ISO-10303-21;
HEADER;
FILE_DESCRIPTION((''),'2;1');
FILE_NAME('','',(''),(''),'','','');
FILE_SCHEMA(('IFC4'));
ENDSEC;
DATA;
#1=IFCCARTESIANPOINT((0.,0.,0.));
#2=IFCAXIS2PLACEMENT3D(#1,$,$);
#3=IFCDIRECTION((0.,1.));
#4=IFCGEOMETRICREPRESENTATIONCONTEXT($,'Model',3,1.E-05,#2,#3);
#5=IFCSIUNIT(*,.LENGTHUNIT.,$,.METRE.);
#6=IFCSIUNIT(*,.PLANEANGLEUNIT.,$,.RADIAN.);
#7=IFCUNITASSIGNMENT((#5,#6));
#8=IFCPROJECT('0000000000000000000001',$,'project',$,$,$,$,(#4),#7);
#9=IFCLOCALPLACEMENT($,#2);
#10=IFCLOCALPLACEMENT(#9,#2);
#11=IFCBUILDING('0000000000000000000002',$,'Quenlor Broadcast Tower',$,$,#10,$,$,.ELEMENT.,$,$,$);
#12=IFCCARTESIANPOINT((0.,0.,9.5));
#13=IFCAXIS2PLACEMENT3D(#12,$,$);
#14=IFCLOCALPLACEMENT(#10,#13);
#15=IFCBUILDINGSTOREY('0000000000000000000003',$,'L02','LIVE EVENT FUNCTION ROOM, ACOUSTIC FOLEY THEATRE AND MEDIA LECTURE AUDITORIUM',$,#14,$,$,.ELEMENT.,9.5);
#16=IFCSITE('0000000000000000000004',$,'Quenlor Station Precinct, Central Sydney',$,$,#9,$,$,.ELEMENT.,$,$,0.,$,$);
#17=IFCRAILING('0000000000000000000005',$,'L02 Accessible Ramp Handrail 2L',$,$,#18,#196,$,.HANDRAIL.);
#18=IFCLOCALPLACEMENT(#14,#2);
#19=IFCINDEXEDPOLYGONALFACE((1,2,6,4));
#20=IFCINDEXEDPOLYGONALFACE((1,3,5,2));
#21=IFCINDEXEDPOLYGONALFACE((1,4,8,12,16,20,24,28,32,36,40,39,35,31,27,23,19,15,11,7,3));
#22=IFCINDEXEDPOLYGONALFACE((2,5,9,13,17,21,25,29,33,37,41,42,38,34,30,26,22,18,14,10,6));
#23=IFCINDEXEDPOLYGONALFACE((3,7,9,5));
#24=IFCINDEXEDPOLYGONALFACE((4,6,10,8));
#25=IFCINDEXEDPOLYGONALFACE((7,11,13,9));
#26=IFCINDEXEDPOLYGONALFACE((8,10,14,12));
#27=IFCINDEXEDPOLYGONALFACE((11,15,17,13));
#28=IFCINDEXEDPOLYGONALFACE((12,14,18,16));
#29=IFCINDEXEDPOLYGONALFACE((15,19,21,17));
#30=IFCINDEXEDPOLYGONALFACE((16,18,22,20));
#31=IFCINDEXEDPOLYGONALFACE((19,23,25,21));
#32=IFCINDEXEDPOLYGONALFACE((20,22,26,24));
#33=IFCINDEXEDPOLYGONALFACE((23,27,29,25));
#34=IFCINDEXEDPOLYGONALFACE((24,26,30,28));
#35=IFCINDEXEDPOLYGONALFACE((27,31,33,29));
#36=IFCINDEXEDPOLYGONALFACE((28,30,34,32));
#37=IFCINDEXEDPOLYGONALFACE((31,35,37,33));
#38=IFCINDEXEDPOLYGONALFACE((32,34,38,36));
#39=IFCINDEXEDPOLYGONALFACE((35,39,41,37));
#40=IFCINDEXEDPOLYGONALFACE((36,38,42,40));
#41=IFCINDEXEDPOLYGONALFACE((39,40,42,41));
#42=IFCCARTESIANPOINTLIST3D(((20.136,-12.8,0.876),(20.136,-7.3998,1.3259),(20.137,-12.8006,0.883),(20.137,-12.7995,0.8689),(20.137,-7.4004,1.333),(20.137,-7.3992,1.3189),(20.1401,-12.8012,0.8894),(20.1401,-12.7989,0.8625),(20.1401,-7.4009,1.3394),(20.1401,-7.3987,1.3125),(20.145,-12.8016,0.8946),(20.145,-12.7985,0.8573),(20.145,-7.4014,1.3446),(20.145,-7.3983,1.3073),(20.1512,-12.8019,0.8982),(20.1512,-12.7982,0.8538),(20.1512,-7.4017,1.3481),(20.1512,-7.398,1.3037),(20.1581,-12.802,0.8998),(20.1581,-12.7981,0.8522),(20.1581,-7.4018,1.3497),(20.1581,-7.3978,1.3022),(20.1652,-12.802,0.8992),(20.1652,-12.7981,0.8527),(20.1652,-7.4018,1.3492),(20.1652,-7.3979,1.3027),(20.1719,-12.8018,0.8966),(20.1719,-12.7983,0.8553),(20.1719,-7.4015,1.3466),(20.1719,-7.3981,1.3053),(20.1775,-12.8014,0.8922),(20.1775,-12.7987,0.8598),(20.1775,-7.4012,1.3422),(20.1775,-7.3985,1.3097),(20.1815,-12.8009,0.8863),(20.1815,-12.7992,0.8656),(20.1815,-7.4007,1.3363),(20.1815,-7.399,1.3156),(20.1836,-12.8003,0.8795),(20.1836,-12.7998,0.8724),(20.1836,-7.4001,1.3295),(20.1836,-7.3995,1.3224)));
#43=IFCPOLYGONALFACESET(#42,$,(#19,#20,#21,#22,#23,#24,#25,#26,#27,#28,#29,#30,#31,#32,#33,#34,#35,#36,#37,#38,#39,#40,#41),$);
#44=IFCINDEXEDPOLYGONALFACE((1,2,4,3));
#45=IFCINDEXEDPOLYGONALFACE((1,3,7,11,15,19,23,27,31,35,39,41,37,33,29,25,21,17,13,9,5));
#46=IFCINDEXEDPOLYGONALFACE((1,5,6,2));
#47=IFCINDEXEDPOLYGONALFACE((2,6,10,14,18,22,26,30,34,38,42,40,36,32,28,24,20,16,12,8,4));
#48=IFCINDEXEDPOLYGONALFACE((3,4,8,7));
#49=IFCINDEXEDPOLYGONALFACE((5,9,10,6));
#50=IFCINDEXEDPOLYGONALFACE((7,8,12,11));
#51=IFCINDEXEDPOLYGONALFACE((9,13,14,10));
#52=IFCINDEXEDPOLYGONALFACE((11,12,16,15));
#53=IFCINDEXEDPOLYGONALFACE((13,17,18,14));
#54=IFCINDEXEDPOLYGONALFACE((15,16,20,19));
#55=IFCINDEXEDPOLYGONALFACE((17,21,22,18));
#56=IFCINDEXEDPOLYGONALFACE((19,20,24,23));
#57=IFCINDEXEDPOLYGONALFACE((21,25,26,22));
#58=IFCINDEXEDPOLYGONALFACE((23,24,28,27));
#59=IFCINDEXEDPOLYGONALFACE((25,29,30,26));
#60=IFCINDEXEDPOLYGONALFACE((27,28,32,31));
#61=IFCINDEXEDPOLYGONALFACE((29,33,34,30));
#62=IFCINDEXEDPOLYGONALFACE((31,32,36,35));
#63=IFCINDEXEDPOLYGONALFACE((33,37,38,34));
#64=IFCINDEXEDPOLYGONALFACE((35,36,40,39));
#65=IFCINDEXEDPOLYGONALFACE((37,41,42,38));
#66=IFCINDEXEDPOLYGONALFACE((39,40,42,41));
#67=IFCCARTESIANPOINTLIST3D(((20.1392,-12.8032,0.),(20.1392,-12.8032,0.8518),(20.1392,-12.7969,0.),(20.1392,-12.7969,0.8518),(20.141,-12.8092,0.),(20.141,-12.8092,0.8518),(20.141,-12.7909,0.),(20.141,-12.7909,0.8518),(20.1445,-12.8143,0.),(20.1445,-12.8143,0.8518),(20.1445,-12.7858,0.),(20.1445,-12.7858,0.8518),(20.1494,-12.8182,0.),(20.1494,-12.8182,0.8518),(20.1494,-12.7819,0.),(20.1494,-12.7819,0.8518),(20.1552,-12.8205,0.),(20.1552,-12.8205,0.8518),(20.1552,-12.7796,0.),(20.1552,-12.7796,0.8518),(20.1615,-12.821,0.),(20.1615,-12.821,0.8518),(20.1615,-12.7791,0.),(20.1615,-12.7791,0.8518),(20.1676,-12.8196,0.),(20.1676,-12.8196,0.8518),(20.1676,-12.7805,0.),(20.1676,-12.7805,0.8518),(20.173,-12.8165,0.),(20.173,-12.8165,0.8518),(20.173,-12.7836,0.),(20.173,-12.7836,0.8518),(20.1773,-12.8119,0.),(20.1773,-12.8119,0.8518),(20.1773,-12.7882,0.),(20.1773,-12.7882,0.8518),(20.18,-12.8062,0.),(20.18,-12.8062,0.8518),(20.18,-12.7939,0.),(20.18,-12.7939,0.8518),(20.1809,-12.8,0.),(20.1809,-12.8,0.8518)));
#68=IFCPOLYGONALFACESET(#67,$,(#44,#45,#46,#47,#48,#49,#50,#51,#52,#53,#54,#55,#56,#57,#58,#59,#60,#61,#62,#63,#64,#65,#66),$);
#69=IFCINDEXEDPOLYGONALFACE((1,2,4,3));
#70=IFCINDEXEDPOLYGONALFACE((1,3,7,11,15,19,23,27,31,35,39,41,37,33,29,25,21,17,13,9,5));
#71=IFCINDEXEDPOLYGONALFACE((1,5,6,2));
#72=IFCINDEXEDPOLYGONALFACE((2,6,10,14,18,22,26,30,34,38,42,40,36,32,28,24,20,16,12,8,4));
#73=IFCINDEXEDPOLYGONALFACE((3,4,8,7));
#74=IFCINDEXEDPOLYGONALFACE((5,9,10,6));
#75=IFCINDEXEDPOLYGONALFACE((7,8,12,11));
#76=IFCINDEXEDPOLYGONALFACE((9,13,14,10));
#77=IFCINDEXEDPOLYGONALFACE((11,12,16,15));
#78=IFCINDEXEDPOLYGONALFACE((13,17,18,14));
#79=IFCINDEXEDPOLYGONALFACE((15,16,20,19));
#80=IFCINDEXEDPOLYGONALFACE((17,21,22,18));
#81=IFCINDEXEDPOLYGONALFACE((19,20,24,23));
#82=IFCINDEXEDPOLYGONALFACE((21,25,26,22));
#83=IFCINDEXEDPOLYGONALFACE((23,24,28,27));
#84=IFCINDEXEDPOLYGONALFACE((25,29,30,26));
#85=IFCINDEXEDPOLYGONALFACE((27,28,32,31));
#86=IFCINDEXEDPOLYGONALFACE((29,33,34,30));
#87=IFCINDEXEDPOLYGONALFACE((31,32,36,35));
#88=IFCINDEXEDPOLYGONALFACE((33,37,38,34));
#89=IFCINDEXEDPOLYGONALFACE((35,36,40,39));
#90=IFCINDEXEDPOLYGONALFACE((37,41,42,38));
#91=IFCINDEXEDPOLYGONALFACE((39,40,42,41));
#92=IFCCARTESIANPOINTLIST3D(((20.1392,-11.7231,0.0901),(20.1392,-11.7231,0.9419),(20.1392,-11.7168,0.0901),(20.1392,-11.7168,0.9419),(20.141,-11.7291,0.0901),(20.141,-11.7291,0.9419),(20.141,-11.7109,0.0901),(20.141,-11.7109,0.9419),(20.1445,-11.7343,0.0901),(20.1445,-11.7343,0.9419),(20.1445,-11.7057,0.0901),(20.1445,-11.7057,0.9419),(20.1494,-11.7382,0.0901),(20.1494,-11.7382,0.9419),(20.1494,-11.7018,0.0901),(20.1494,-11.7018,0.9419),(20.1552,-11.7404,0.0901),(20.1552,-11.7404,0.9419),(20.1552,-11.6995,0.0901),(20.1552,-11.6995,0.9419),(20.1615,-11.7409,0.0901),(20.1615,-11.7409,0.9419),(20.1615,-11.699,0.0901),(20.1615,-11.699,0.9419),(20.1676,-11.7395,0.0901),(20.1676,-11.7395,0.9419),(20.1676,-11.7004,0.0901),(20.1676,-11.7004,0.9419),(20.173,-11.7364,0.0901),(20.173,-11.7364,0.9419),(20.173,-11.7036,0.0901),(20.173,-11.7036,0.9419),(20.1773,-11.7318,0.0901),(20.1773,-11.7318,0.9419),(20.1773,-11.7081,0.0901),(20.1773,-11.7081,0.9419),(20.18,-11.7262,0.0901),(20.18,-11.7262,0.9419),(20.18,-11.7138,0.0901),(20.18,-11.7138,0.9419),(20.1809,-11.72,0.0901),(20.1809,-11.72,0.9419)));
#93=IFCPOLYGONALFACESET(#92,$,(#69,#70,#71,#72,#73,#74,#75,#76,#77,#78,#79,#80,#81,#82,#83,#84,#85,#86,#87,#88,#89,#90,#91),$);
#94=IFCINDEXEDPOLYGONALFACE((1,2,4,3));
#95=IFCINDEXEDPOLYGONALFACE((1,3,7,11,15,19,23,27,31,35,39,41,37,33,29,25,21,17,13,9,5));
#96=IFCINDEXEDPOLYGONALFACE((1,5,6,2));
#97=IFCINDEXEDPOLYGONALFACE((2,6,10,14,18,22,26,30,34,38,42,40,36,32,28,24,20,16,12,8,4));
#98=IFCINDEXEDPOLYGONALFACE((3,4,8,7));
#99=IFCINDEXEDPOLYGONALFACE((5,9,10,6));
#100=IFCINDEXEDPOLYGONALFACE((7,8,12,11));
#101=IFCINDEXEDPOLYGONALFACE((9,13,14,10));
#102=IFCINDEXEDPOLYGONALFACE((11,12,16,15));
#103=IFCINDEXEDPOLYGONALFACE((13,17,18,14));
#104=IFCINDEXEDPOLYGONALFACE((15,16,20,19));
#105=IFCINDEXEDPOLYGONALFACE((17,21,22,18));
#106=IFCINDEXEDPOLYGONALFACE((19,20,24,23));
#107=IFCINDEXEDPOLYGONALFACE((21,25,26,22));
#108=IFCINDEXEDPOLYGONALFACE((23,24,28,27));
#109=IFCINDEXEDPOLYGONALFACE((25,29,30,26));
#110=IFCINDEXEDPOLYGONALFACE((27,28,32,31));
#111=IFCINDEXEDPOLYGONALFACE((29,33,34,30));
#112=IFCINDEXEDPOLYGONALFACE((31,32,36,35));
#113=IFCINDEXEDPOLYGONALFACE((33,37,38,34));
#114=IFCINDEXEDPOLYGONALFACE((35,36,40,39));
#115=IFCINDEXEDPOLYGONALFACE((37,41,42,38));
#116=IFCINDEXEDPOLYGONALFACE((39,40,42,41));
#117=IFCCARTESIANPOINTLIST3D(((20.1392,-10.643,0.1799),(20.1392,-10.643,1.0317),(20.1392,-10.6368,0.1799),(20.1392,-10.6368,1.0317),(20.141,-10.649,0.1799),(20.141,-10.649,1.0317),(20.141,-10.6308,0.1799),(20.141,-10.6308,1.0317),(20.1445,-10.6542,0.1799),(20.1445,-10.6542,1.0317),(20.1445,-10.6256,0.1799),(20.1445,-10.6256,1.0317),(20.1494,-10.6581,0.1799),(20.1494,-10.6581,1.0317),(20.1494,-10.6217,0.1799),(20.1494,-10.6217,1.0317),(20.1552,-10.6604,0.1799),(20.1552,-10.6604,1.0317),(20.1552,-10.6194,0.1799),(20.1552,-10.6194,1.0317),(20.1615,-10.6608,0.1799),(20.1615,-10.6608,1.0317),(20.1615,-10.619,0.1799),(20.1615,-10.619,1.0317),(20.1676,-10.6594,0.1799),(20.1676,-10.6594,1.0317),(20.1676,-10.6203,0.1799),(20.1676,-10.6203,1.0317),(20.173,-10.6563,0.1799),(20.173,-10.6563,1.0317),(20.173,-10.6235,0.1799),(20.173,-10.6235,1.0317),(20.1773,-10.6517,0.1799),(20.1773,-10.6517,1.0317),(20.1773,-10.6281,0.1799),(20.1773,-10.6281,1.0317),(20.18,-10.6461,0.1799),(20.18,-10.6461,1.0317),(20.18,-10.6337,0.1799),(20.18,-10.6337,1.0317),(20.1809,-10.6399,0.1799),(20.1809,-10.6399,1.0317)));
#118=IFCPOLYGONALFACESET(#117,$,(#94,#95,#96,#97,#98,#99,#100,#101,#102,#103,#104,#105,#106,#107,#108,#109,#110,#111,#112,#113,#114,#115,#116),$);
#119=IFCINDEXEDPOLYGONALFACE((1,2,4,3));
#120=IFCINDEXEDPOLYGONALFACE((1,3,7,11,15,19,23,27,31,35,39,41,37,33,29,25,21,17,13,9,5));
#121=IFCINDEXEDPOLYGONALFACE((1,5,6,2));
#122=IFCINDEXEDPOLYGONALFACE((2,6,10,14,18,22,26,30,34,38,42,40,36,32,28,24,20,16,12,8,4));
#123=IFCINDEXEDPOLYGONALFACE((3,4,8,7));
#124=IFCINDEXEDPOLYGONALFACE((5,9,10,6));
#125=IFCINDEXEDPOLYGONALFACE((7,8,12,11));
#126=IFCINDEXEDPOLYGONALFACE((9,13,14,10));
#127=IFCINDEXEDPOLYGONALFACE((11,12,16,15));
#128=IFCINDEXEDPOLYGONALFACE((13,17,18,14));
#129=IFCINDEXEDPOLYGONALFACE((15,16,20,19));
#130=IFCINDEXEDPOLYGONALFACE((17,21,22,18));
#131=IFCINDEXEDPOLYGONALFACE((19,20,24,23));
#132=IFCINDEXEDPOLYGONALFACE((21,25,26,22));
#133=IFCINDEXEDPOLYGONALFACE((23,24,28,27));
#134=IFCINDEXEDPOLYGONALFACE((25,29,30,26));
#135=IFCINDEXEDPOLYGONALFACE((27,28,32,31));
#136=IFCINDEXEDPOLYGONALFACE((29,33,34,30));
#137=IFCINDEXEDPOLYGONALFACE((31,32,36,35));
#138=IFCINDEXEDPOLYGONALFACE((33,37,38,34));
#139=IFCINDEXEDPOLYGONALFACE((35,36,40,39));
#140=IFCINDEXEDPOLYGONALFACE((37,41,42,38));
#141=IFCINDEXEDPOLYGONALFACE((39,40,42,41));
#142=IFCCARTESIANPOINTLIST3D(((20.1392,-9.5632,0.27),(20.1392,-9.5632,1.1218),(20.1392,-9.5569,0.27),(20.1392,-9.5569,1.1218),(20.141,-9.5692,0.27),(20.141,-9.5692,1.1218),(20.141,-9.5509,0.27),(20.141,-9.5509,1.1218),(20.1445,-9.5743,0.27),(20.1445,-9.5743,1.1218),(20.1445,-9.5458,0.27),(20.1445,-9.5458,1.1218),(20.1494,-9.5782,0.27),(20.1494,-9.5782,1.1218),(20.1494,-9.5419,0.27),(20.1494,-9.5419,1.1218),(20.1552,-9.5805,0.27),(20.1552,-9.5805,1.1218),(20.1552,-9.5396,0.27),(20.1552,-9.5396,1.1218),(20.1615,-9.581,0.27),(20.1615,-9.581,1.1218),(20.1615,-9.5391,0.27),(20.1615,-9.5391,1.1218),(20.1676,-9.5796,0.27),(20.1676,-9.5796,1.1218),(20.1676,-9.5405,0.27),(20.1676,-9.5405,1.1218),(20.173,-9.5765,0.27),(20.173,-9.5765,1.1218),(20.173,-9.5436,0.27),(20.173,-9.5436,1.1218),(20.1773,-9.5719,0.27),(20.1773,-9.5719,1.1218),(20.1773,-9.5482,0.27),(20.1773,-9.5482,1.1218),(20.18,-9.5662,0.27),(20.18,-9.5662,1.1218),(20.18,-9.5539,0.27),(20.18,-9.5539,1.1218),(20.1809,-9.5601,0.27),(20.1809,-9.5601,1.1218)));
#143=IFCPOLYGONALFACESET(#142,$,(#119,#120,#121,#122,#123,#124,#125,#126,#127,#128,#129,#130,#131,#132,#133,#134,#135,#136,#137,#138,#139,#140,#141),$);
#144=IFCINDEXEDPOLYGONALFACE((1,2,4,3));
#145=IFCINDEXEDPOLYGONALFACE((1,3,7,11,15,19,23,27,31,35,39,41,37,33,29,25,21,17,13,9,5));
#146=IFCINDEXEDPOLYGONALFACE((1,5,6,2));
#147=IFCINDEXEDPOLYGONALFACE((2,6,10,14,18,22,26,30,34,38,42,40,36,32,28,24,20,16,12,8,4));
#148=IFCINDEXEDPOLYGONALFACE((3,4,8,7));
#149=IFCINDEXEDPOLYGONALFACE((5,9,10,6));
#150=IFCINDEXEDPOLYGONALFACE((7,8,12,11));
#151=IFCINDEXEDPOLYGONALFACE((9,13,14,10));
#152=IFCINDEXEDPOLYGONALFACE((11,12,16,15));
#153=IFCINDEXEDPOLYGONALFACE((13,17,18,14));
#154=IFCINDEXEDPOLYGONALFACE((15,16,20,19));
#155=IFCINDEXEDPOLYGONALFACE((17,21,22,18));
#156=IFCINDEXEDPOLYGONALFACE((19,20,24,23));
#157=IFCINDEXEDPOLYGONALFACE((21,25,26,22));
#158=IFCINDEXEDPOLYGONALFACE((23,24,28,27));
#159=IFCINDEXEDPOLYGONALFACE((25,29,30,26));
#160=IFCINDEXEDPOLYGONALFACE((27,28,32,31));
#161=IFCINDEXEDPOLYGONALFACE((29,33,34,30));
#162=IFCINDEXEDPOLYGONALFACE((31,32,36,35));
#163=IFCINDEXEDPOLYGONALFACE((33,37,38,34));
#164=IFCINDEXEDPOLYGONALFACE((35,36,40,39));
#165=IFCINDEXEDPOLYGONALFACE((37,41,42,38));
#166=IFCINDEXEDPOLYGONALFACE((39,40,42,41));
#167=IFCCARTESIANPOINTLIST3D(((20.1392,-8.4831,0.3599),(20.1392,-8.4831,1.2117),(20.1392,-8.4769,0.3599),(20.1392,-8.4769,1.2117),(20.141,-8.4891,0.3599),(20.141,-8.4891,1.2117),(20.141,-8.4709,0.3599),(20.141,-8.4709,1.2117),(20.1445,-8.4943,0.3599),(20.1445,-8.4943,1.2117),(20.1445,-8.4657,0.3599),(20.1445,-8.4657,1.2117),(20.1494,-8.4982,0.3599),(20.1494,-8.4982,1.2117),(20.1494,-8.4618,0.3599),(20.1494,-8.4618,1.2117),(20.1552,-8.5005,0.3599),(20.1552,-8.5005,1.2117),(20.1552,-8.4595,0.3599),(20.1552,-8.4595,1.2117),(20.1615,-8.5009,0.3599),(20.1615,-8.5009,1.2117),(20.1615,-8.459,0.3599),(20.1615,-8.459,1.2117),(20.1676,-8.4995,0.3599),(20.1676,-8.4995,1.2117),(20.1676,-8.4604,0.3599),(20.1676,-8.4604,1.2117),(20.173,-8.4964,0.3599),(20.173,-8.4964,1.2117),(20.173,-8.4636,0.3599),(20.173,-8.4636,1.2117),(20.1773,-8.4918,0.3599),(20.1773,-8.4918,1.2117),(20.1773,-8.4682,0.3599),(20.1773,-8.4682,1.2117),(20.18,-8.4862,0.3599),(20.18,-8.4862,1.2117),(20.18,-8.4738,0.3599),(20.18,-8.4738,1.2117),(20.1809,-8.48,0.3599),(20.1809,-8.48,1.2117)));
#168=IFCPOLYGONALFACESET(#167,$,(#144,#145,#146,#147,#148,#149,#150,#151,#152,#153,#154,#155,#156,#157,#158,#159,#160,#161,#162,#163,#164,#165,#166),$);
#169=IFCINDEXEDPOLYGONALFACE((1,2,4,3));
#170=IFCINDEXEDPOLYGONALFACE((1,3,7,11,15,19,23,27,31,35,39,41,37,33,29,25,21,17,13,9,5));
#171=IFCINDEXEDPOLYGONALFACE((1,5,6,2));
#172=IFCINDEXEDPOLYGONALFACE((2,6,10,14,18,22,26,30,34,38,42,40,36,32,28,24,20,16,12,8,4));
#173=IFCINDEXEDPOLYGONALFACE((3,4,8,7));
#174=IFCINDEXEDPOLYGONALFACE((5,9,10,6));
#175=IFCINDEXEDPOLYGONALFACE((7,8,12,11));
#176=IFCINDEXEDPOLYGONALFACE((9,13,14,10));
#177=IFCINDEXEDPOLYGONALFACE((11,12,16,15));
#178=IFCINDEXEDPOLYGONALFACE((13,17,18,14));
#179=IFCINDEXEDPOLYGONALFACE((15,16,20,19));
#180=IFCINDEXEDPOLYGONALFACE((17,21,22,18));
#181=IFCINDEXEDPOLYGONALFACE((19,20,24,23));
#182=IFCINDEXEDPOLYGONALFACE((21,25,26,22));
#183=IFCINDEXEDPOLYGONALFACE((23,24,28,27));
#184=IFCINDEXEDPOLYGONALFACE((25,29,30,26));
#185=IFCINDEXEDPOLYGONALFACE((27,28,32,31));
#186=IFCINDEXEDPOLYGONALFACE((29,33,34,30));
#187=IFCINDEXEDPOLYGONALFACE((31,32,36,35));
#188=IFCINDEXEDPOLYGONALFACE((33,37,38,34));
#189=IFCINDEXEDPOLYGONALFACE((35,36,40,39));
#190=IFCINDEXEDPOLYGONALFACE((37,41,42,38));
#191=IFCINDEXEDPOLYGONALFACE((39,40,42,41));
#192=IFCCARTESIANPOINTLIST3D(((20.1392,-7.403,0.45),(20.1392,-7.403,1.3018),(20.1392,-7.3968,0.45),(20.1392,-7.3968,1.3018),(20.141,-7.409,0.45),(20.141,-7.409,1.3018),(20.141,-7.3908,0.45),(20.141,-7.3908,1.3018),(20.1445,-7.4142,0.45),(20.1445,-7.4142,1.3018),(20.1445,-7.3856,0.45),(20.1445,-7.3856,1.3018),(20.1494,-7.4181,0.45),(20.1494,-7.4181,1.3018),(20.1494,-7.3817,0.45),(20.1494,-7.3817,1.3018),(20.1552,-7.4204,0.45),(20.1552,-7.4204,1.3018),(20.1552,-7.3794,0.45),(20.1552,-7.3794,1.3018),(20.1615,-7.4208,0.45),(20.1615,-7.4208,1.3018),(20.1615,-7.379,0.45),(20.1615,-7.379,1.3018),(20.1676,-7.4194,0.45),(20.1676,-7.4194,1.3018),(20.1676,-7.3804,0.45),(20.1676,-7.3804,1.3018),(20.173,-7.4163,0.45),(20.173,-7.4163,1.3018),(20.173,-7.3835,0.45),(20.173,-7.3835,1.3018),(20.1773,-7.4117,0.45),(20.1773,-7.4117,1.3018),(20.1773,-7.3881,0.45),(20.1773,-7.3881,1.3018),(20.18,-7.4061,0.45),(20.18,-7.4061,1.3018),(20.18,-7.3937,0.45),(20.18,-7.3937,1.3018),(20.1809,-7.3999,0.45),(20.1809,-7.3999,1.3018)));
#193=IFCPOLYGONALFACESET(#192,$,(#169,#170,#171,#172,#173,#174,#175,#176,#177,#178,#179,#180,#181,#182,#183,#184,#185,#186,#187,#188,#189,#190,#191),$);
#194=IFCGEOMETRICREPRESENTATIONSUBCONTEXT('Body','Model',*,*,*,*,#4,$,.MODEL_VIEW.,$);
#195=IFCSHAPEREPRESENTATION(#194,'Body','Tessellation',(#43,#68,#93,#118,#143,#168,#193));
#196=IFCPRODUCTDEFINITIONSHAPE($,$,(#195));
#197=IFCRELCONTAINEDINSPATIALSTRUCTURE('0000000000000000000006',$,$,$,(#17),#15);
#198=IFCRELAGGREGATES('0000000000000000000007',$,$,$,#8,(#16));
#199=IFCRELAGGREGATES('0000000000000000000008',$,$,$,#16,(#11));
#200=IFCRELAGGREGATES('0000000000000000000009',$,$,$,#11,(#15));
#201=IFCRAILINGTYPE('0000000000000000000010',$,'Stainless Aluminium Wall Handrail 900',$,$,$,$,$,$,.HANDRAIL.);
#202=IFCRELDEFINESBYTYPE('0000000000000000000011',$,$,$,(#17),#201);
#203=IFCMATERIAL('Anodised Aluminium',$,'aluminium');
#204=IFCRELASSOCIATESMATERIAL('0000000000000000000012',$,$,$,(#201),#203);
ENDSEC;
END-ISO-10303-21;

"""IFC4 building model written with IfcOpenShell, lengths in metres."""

from ifc_helpers import new_model, si_unit, direction, frame, origin, origin_2d, place, context, subcontext, project, spatial, circle, extrude, material, type_object, element, save


model = new_model("IFC4")

# Units and contexts
model_context = context("Model", 3, precision=1e-05, world=origin(), true_north=direction((0.0, 1.0)))
body_context = subcontext(model_context, "Body", "Model", "MODEL_VIEW")
ifc_project = project(units=[si_unit("LENGTHUNIT", "METRE"), si_unit("PLANEANGLEUNIT", "RADIAN")], contexts=[model_context])

# Site, building, storey
site_placement = place(None, origin())
site = spatial("IfcSite", under=ifc_project, at=site_placement, Name="Quenlor Station Precinct, Central Sydney", CompositionType="ELEMENT", RefElevation=0.0)
building_placement = place(site_placement, origin())
building = spatial("IfcBuilding", under=site, at=building_placement, Name="Quenlor Broadcast Tower", CompositionType="ELEMENT")
storey_placement = place(building_placement, frame((0.0, 0.0, 9.5)))
storey = spatial("IfcBuildingStorey", under=building, at=storey_placement, Name="L02", Description="LIVE EVENT FUNCTION ROOM, ACOUSTIC FOLEY THEATRE AND MEDIA LECTURE AUDITORIUM", CompositionType="ELEMENT", Elevation=9.5)

# Railing
ifc_material_1 = material(Name="Anodised Aluminium", Category="aluminium")
railing_type_1 = type_object("IfcRailingType", Name="Stainless Aluminium Wall Handrail 900", PredefinedType="HANDRAIL", material=ifc_material_1)
for number, where, name in (
    (1, (20.1599, -12.8, 0.0), "L02 Accessible Ramp Handrail 2L"),
):
    element("IfcRailing", number, at=place(storey_placement, frame(where)), inside=storey, type_object=railing_type_1, Name=name, PredefinedType="HANDRAIL", context=body_context, shape_type="SweptSolid", body=[
        extrude(circle(Radius=0.0239, at=origin_2d()), frame((0.0, 0.0, 0.876), z_axis=(0.0, 0.996547, 0.083034), x_axis=(-1.0, 0.0, 0.0)), (0.0, 0.0, 1.0), 5.4189),
        extrude(circle(Radius=0.021, at=origin_2d()), origin(), (0.0, 0.0, 1.0), 0.8518),
        extrude(circle(Radius=0.021, at=origin_2d()), frame((0.0, 1.0801, 0.0901)), (0.0, 0.0, 1.0), 0.8518),
        extrude(circle(Radius=0.021, at=origin_2d()), frame((0.0, 2.1602, 0.1799)), (0.0, 0.0, 1.0), 0.8518),
        extrude(circle(Radius=0.021, at=origin_2d()), frame((0.0, 3.24, 0.27)), (0.0, 0.0, 1.0), 0.8518),
        extrude(circle(Radius=0.021, at=origin_2d()), frame((0.0, 4.3201, 0.3599)), (0.0, 0.0, 1.0), 0.8518),
        extrude(circle(Radius=0.021, at=origin_2d()), frame((0.0, 5.4001, 0.45)), (0.0, 0.0, 1.0), 0.8518),
    ])

save(model, "model.ifc")
